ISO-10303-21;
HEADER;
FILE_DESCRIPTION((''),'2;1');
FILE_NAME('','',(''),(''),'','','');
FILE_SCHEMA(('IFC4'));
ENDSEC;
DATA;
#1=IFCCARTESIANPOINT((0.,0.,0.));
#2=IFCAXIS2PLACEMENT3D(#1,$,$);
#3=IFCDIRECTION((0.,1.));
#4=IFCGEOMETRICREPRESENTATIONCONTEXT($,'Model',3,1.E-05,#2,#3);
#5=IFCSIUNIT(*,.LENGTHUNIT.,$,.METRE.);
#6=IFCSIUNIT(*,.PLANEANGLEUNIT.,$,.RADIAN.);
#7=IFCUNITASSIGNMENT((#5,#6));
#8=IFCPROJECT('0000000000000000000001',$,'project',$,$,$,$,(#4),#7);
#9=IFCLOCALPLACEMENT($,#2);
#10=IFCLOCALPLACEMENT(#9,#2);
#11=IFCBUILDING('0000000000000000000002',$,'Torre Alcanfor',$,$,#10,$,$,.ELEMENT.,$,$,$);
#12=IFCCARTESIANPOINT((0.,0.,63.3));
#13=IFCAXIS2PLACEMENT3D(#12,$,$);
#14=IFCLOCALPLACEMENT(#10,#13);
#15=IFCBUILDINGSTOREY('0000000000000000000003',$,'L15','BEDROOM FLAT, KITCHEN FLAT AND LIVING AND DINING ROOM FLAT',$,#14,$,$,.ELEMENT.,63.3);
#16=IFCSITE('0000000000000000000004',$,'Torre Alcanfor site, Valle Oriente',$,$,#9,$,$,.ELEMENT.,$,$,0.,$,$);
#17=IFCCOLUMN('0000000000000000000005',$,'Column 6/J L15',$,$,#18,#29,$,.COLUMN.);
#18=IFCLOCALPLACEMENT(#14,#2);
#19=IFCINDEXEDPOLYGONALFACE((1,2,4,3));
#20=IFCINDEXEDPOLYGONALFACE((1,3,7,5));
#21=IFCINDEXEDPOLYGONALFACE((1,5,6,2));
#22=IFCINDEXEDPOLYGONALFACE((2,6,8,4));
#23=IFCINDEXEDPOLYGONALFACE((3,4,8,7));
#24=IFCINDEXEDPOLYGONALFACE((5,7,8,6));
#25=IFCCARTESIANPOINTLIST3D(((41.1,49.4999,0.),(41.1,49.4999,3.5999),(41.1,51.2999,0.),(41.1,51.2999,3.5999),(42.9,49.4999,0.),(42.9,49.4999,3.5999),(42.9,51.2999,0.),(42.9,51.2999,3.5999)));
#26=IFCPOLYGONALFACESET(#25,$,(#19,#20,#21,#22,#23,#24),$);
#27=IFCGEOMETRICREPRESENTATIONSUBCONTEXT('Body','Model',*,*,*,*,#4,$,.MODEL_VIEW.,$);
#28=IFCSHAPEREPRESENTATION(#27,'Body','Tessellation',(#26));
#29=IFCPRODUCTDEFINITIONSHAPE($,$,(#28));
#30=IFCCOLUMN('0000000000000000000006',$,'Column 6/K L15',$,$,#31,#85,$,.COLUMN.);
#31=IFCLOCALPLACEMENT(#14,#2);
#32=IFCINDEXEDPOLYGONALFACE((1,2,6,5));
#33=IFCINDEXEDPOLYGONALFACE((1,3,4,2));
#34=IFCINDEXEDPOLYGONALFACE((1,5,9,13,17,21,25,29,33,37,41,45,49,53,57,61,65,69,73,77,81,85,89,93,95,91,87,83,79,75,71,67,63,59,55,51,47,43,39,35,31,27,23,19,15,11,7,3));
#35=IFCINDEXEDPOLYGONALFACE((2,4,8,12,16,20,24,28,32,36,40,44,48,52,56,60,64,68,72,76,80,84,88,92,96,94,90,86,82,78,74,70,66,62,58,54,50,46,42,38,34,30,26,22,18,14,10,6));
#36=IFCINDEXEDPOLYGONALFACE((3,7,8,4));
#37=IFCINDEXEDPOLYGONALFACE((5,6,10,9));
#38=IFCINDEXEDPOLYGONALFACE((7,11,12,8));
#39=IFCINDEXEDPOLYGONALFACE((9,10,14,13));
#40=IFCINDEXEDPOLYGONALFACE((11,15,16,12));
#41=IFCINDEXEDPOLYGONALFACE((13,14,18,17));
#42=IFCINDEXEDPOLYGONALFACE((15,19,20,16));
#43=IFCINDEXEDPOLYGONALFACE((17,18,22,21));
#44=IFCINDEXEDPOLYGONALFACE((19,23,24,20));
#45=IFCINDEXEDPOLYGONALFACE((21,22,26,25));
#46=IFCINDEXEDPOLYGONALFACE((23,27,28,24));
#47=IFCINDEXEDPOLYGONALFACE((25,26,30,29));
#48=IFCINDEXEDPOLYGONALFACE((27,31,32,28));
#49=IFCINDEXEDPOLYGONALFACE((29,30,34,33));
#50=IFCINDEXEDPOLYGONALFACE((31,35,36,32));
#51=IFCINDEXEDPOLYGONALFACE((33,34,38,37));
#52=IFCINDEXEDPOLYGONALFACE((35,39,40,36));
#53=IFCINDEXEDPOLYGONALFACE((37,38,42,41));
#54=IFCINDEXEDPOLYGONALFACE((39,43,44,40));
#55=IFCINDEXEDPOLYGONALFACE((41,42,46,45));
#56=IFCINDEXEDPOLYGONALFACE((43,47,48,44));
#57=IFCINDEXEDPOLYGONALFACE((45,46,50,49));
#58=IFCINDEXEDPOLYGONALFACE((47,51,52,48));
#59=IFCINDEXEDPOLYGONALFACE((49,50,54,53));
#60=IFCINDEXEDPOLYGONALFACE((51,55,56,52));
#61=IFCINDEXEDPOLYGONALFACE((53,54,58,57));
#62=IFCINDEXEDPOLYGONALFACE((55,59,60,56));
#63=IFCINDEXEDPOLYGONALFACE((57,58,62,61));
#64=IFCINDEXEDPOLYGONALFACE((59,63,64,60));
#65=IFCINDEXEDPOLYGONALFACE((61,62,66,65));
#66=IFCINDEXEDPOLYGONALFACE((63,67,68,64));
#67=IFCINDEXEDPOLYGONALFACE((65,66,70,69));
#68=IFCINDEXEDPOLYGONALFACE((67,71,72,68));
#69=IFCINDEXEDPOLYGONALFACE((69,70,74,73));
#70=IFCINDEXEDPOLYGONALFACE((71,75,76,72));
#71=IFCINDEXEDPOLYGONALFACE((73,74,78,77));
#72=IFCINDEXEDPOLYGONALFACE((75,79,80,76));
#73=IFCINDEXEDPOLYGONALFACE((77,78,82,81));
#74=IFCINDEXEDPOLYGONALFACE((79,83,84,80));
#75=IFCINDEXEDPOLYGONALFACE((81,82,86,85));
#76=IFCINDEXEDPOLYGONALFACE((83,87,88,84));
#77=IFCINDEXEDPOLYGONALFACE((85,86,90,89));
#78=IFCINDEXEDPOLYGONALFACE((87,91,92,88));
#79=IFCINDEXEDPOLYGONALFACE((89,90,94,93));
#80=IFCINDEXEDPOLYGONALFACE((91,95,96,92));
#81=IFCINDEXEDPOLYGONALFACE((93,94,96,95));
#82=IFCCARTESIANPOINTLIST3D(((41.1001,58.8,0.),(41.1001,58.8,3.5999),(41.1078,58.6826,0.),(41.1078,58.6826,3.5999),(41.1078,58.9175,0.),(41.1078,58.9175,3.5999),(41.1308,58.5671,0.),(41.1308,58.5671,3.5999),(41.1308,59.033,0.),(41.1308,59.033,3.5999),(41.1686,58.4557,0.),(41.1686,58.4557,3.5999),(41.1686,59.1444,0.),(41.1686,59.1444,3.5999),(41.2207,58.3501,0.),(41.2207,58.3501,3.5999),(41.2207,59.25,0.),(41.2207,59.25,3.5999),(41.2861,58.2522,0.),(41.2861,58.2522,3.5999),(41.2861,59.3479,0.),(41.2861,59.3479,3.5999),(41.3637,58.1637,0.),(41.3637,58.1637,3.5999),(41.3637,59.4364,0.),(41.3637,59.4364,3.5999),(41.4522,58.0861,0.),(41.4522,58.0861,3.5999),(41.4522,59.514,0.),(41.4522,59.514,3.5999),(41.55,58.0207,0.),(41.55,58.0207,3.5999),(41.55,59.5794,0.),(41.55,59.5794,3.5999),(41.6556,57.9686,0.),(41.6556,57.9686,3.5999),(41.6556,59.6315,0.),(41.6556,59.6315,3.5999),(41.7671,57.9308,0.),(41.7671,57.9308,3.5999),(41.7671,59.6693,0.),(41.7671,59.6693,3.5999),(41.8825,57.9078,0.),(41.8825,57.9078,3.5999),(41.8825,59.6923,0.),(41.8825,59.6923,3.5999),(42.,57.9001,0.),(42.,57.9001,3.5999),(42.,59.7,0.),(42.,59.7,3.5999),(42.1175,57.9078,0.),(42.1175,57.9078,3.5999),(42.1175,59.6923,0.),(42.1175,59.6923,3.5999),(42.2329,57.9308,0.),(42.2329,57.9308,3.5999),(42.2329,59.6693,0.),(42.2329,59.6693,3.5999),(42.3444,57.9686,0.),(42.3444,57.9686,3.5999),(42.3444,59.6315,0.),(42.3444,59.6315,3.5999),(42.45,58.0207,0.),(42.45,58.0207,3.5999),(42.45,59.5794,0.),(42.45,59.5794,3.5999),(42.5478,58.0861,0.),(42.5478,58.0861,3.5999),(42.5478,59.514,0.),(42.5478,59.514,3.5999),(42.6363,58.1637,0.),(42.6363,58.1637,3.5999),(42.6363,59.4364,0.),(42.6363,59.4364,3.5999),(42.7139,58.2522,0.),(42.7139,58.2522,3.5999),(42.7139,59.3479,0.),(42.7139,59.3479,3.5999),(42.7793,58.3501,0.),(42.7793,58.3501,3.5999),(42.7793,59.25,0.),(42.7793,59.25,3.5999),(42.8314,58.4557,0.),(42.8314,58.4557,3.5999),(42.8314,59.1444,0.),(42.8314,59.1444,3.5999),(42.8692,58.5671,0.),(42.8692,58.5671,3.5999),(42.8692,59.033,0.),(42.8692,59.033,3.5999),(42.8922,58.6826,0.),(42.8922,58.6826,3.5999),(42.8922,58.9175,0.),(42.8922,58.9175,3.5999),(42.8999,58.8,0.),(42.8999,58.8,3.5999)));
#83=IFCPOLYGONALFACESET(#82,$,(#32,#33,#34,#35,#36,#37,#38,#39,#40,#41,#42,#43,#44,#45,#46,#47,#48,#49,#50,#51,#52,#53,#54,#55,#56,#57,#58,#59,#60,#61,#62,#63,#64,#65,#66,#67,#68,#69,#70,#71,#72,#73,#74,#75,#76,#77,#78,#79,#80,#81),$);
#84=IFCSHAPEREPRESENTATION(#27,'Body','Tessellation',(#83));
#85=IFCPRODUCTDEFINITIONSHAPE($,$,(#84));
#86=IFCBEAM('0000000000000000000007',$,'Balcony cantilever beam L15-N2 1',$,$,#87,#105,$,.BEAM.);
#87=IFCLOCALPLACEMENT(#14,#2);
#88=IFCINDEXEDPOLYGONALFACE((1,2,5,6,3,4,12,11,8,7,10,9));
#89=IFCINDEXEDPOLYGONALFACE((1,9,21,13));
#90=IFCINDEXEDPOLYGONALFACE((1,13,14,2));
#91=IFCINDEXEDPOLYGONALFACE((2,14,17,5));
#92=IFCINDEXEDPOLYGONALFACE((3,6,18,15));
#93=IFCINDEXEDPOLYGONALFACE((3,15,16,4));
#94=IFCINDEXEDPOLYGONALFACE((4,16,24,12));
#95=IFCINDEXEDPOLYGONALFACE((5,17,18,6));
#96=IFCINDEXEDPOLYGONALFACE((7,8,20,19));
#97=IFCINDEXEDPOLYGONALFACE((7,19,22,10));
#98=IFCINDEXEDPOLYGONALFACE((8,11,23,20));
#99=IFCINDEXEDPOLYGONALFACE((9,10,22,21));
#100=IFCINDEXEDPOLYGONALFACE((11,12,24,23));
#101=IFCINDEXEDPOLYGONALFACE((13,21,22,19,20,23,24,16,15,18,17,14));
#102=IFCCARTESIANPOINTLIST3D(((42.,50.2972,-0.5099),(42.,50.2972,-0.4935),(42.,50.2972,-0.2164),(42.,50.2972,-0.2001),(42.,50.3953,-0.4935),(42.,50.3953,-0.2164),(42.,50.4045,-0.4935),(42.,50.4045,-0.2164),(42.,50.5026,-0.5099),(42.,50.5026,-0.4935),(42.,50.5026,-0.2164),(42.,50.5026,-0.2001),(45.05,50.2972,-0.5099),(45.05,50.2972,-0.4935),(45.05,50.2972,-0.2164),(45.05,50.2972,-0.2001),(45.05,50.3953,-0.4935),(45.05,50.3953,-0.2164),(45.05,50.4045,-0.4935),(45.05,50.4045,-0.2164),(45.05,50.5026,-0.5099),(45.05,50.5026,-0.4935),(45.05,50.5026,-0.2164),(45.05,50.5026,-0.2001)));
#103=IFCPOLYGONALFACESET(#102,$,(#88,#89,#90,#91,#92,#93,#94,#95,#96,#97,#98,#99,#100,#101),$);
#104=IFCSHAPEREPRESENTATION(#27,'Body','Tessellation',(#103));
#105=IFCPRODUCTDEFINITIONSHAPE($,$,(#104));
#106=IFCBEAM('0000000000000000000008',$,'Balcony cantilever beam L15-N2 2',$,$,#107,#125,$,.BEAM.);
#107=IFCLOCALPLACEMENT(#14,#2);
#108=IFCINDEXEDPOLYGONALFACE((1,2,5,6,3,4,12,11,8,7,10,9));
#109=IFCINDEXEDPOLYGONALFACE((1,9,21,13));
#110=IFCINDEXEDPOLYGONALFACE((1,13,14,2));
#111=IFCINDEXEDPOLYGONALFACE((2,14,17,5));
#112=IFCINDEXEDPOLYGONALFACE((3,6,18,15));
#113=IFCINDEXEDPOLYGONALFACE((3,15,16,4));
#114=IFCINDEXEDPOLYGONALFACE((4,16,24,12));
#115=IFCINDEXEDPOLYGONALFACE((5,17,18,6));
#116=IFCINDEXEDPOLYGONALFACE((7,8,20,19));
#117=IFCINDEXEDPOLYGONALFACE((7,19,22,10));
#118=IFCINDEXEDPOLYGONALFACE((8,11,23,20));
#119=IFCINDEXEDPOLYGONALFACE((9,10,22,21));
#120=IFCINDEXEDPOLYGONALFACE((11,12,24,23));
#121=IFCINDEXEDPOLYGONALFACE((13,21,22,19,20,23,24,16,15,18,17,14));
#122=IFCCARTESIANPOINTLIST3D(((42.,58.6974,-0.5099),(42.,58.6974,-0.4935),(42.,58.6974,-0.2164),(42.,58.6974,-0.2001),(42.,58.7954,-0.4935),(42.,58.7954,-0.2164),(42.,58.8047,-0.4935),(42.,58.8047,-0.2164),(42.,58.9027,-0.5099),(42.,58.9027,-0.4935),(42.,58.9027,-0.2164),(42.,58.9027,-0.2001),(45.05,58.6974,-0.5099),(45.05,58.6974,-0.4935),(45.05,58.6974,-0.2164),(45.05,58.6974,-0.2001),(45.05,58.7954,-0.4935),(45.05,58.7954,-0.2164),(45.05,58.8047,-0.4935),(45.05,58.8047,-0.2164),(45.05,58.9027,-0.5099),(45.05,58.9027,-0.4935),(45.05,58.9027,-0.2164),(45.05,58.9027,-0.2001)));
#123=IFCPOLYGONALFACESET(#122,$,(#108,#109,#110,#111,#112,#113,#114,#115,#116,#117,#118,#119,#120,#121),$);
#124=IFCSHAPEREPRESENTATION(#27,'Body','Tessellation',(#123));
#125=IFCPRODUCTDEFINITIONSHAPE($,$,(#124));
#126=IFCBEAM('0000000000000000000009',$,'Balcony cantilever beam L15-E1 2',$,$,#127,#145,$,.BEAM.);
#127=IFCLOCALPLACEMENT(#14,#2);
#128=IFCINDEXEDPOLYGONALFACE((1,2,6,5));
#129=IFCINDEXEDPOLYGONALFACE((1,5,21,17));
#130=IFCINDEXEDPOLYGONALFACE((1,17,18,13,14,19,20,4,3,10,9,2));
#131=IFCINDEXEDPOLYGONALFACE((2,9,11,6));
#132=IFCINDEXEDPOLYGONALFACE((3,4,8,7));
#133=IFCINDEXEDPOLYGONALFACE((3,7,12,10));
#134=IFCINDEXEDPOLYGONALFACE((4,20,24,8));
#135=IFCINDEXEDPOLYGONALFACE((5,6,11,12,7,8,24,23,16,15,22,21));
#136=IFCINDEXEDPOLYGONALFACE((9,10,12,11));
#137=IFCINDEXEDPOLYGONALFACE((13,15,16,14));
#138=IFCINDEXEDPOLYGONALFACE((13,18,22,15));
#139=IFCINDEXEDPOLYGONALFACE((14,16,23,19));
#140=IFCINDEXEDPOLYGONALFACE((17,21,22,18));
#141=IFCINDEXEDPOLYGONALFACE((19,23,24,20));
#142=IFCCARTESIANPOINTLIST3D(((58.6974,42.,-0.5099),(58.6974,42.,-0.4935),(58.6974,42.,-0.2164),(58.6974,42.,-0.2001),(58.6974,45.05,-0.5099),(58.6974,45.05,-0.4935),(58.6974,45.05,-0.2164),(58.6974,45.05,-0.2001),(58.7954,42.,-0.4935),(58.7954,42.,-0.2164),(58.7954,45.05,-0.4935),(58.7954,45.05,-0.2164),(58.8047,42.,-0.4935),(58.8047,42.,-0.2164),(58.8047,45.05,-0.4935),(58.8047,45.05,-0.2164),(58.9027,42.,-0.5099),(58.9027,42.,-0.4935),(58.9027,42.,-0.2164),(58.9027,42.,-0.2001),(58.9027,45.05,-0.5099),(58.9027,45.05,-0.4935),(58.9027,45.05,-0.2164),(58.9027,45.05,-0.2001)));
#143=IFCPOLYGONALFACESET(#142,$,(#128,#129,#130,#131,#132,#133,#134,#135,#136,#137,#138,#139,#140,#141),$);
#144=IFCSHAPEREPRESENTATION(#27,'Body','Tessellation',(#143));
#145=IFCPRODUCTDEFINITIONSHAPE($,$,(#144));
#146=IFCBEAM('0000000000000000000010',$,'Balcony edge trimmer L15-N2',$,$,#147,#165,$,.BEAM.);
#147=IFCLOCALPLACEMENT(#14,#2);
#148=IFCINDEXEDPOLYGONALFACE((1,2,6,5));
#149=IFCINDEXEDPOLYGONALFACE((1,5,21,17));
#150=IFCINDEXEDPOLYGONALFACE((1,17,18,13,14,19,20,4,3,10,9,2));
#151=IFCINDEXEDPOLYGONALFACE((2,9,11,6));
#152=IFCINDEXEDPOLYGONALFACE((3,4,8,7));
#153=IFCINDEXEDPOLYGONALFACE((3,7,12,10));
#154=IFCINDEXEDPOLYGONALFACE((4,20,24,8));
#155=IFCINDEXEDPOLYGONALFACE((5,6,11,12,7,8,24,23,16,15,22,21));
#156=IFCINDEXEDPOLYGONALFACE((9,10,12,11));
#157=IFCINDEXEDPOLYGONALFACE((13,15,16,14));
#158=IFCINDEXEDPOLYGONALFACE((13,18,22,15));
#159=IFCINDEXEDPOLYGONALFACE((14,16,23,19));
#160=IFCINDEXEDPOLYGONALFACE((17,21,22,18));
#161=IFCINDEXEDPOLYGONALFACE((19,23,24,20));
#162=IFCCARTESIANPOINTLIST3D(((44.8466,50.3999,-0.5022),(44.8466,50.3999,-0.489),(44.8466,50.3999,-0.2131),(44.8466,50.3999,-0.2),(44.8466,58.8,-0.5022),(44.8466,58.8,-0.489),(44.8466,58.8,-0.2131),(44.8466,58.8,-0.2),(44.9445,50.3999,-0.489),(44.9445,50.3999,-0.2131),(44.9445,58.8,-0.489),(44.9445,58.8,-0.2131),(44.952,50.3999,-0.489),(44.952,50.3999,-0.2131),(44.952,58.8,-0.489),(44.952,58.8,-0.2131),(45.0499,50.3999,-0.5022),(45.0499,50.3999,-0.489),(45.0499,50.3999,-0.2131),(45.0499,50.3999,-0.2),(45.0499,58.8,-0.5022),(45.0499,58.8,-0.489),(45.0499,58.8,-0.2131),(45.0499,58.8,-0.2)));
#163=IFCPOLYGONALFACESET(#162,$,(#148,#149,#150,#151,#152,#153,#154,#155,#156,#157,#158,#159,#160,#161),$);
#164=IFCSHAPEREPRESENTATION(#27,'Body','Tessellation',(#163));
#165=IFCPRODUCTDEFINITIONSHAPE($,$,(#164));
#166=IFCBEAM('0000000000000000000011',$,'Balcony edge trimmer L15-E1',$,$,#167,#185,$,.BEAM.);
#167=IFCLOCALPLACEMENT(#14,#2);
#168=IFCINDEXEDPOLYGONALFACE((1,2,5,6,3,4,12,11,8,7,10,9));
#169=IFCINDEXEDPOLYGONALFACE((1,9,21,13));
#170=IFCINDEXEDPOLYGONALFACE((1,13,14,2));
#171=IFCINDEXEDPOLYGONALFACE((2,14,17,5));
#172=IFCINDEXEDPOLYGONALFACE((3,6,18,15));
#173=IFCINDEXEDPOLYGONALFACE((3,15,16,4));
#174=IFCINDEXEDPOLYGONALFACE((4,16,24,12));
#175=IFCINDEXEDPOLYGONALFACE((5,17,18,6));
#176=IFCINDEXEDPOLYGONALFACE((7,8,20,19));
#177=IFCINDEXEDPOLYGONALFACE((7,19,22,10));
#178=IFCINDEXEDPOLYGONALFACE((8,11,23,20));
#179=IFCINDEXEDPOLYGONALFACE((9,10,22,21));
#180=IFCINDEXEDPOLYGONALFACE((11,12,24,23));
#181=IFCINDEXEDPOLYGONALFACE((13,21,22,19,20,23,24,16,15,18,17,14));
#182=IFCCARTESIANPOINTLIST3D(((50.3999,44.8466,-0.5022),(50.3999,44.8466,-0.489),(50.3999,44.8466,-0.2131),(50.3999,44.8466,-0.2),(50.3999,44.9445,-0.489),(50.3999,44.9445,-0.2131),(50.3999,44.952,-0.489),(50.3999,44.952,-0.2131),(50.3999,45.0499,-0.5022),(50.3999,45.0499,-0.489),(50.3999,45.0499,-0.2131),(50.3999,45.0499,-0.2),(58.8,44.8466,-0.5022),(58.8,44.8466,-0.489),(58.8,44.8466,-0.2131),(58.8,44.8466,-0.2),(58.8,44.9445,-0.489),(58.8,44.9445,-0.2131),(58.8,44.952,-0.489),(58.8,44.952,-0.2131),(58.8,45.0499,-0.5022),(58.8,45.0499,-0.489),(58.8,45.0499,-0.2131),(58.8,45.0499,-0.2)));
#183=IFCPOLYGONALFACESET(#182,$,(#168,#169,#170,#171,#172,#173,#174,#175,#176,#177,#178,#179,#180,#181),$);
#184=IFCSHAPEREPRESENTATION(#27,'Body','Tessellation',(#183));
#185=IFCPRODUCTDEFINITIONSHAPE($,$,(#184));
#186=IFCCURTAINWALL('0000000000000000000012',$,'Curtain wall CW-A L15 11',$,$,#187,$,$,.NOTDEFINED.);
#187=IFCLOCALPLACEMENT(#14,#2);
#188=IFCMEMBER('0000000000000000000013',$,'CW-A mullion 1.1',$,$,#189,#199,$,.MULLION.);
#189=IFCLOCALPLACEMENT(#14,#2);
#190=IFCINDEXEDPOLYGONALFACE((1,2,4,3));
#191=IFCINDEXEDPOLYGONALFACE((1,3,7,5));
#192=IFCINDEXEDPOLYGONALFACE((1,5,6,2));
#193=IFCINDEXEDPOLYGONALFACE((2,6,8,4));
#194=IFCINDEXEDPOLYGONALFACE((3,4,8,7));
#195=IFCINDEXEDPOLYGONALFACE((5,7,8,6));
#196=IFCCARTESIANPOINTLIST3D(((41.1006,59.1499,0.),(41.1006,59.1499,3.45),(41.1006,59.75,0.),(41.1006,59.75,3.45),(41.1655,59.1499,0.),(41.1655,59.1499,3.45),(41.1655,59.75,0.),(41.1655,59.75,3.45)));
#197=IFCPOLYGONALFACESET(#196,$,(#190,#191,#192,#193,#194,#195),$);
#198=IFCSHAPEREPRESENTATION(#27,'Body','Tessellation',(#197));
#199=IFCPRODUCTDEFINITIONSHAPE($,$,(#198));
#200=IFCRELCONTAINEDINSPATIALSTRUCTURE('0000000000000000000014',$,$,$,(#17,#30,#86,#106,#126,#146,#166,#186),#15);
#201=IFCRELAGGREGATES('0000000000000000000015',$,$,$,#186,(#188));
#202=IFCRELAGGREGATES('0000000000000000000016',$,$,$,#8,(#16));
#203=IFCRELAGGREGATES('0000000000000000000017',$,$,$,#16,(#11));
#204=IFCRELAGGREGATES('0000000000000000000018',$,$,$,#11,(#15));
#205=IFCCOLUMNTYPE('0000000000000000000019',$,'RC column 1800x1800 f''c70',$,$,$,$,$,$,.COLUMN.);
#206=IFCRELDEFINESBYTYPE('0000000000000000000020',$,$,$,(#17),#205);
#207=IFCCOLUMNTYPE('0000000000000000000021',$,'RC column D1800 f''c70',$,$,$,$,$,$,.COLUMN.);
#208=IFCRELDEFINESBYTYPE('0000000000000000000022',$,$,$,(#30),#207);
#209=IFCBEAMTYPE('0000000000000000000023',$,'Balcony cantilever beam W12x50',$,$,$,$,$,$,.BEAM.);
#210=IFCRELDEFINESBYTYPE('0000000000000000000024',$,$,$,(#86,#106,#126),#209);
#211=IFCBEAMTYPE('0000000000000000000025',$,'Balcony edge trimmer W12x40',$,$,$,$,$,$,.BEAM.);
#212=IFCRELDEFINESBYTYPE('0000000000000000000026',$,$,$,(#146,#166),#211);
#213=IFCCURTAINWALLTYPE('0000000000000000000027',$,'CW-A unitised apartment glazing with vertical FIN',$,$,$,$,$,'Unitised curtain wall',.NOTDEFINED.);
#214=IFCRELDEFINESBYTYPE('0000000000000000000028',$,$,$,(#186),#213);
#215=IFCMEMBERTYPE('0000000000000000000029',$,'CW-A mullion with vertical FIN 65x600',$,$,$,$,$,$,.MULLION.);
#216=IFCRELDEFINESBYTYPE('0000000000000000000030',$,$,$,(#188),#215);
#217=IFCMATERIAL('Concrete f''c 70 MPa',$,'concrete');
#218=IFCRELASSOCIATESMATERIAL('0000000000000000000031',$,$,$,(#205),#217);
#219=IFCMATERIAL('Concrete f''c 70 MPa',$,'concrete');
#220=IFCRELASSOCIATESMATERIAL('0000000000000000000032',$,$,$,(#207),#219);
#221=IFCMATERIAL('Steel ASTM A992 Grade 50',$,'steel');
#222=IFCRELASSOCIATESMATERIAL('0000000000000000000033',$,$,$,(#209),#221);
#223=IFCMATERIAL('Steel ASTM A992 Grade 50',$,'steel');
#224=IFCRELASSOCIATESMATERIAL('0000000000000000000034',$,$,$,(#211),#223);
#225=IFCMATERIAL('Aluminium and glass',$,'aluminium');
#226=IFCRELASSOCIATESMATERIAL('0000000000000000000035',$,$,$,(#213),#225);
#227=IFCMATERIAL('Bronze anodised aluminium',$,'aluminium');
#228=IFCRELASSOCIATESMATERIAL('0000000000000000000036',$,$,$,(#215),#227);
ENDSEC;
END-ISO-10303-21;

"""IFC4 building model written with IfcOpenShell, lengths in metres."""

from ifc_helpers import new_model, si_unit, direction, frame, origin, origin_2d, place, context, subcontext, project, spatial, rectangle, circle, i_section, extrude, material, material_profile, profile_set, type_object, element, aggregate, save


model = new_model("IFC4")

# Units and contexts
model_context = context("Model", 3, precision=1e-05, world=origin(), true_north=direction((0.0, 1.0)))
body_context = subcontext(model_context, "Body", "Model", "MODEL_VIEW")
ifc_project = project(units=[si_unit("LENGTHUNIT", "METRE"), si_unit("PLANEANGLEUNIT", "RADIAN")], contexts=[model_context])

# Site, building, storey
site_placement = place(None, origin())
site = spatial("IfcSite", under=ifc_project, at=site_placement, Name="Torre Alcanfor site, Valle Oriente", CompositionType="ELEMENT", RefElevation=0.0)
building_placement = place(site_placement, origin())
building = spatial("IfcBuilding", under=site, at=building_placement, Name="Torre Alcanfor", CompositionType="ELEMENT")
storey_placement = place(building_placement, frame((0.0, 0.0, 63.3)))
storey = spatial("IfcBuildingStorey", under=building, at=storey_placement, Name="L15", Description="BEDROOM FLAT, KITCHEN FLAT AND LIVING AND DINING ROOM FLAT", CompositionType="ELEMENT", Elevation=63.3)

# Columns
ifc_material_1 = material(Name="Concrete f'c 70 MPa", Category="concrete")
ifc_material_profile_1 = material_profile(ifc_material_1, rectangle(XDim=1.8, YDim=1.8, at=origin_2d()), Name="1800x1800")
ifc_profile_set_1 = profile_set([ifc_material_profile_1], Name="Concrete f'c 70 MPa")
column_type_1 = type_object("IfcColumnType", Name="RC column 1800x1800 f'c70", PredefinedType="COLUMN", material=ifc_profile_set_1)
column_1_placement = place(storey_placement, frame((42.0, 50.3999, 0.0), z_axis=(0.0, 0.0, 1.0), x_axis=(1.0, 0.0, 0.0)))
element("IfcColumn", 1, at=column_1_placement, inside=storey, type_object=column_type_1, Name="Column 6/J L15", PredefinedType="COLUMN", context=body_context, shape_type="SweptSolid", body=[
    extrude(rectangle(XDim=1.8, YDim=1.8, at=origin_2d()), origin(), (0.0, 0.0, 1.0), 3.5999),
])
ifc_material_2 = material(Name="Concrete f'c 70 MPa", Category="concrete")
ifc_material_profile_2 = material_profile(ifc_material_2, circle(Radius=0.8999, at=origin_2d()), Name="D1800")
ifc_profile_set_2 = profile_set([ifc_material_profile_2], Name="Concrete f'c 70 MPa")
column_type_2 = type_object("IfcColumnType", Name="RC column D1800 f'c70", PredefinedType="COLUMN", material=ifc_profile_set_2)
column_2_placement = place(storey_placement, frame((42.0, 58.8, 0.0), z_axis=(0.0, 0.0, 1.0), x_axis=(1.0, 0.0, 0.0)))
element("IfcColumn", 2, at=column_2_placement, inside=storey, type_object=column_type_2, Name="Column 6/K L15", PredefinedType="COLUMN", context=body_context, shape_type="SweptSolid", body=[
    extrude(circle(Radius=0.8999, at=origin_2d()), origin(), (0.0, 0.0, 1.0), 3.5999),
])

# Beams
ifc_material_3 = material(Name="Steel ASTM A992 Grade 50", Category="steel")
ifc_material_profile_3 = material_profile(ifc_material_3, i_section(OverallWidth=0.2053, OverallDepth=0.3098, WebThickness=0.0093, FlangeThickness=0.0164, at=origin_2d()), Name="W12x50")
ifc_profile_set_3 = profile_set([ifc_material_profile_3], Name="Steel ASTM A992 Grade 50")
beam_type_1 = type_object("IfcBeamType", Name="Balcony cantilever beam W12x50", PredefinedType="BEAM", material=ifc_profile_set_3)
for number, where, z_axis, x_axis, name in (
    (3, (42.0, 50.3999, -0.355), (1.0, 0.0, 0.0), (0.0, 1.0, 0.0), "Balcony cantilever beam L15-N2 1"),
    (4, (42.0, 58.8, -0.355), (1.0, 0.0, 0.0), (0.0, 1.0, 0.0), "Balcony cantilever beam L15-N2 2"),
    (5, (58.8, 42.0, -0.355), (0.0, 1.0, 0.0), (-1.0, 0.0, 0.0), "Balcony cantilever beam L15-E1 2"),
):
    element("IfcBeam", number, at=place(storey_placement, frame(where, z_axis=z_axis, x_axis=x_axis)), inside=storey, type_object=beam_type_1, Name=name, PredefinedType="BEAM", context=body_context, shape_type="SweptSolid", body=[
        extrude(i_section(OverallWidth=0.2053, OverallDepth=0.3098, WebThickness=0.0093, FlangeThickness=0.0164, at=origin_2d()), origin(), (0.0, 0.0, 1.0), 3.05),
    ])
ifc_material_4 = material(Name="Steel ASTM A992 Grade 50", Category="steel")
ifc_material_profile_4 = material_profile(ifc_material_4, i_section(OverallWidth=0.2034, OverallDepth=0.3022, WebThickness=0.0076, FlangeThickness=0.0132, at=origin_2d()), Name="W12x40")
ifc_profile_set_4 = profile_set([ifc_material_profile_4], Name="Steel ASTM A992 Grade 50")
beam_type_2 = type_object("IfcBeamType", Name="Balcony edge trimmer W12x40", PredefinedType="BEAM", material=ifc_profile_set_4)
for number, where, z_axis, x_axis, name in (
    (6, (44.9482, 50.3999, -0.3511), (0.0, 1.0, 0.0), (-1.0, 0.0, 0.0), "Balcony edge trimmer L15-N2"),
    (7, (50.3999, 44.9482, -0.3511), (1.0, 0.0, 0.0), (0.0, 1.0, 0.0), "Balcony edge trimmer L15-E1"),
):
    element("IfcBeam", number, at=place(storey_placement, frame(where, z_axis=z_axis, x_axis=x_axis)), inside=storey, type_object=beam_type_2, Name=name, PredefinedType="BEAM", context=body_context, shape_type="SweptSolid", body=[
        extrude(i_section(OverallWidth=0.2034, OverallDepth=0.3022, WebThickness=0.0076, FlangeThickness=0.0132, at=origin_2d()), origin(), (0.0, 0.0, 1.0), 8.4001),
    ])

# Curtain wall, member
ifc_material_5 = material(Name="Aluminium and glass", Category="aluminium")
curtain_wall_type = type_object("IfcCurtainWallType", Name="CW-A unitised apartment glazing with vertical FIN", ElementType="Unitised curtain wall", PredefinedType="NOTDEFINED", material=ifc_material_5)
curtain_wall_placement = place(storey_placement, origin())
curtain_wall = element("IfcCurtainWall", 8, at=curtain_wall_placement, inside=storey, type_object=curtain_wall_type, Name="Curtain wall CW-A L15 11", PredefinedType="NOTDEFINED")
ifc_material_6 = material(Name="Bronze anodised aluminium", Category="aluminium")
ifc_material_profile_5 = material_profile(ifc_material_6, rectangle(XDim=0.6001, YDim=0.0649, at=origin_2d()), Name="CW-A mullion 65x600")
ifc_profile_set_5 = profile_set([ifc_material_profile_5], Name="Bronze anodised aluminium")
member_type_1 = type_object("IfcMemberType", Name="CW-A mullion with vertical FIN 65x600", PredefinedType="MULLION", material=ifc_profile_set_5)
member_1_placement = place(storey_placement, frame((41.1331, 59.45, 0.0), z_axis=(0.0, 0.0, 1.0), x_axis=(0.0, -1.0, 0.0)))
member_1 = element("IfcMember", 9, at=member_1_placement, type_object=member_type_1, Name="CW-A mullion 1.1", PredefinedType="MULLION", context=body_context, shape_type="SweptSolid", body=[
    extrude(rectangle(XDim=0.6001, YDim=0.0649, at=origin_2d()), origin(), (0.0, 0.0, 1.0), 3.45),
])
aggregate(curtain_wall, [member_1])

save(model, "model.ifc")
